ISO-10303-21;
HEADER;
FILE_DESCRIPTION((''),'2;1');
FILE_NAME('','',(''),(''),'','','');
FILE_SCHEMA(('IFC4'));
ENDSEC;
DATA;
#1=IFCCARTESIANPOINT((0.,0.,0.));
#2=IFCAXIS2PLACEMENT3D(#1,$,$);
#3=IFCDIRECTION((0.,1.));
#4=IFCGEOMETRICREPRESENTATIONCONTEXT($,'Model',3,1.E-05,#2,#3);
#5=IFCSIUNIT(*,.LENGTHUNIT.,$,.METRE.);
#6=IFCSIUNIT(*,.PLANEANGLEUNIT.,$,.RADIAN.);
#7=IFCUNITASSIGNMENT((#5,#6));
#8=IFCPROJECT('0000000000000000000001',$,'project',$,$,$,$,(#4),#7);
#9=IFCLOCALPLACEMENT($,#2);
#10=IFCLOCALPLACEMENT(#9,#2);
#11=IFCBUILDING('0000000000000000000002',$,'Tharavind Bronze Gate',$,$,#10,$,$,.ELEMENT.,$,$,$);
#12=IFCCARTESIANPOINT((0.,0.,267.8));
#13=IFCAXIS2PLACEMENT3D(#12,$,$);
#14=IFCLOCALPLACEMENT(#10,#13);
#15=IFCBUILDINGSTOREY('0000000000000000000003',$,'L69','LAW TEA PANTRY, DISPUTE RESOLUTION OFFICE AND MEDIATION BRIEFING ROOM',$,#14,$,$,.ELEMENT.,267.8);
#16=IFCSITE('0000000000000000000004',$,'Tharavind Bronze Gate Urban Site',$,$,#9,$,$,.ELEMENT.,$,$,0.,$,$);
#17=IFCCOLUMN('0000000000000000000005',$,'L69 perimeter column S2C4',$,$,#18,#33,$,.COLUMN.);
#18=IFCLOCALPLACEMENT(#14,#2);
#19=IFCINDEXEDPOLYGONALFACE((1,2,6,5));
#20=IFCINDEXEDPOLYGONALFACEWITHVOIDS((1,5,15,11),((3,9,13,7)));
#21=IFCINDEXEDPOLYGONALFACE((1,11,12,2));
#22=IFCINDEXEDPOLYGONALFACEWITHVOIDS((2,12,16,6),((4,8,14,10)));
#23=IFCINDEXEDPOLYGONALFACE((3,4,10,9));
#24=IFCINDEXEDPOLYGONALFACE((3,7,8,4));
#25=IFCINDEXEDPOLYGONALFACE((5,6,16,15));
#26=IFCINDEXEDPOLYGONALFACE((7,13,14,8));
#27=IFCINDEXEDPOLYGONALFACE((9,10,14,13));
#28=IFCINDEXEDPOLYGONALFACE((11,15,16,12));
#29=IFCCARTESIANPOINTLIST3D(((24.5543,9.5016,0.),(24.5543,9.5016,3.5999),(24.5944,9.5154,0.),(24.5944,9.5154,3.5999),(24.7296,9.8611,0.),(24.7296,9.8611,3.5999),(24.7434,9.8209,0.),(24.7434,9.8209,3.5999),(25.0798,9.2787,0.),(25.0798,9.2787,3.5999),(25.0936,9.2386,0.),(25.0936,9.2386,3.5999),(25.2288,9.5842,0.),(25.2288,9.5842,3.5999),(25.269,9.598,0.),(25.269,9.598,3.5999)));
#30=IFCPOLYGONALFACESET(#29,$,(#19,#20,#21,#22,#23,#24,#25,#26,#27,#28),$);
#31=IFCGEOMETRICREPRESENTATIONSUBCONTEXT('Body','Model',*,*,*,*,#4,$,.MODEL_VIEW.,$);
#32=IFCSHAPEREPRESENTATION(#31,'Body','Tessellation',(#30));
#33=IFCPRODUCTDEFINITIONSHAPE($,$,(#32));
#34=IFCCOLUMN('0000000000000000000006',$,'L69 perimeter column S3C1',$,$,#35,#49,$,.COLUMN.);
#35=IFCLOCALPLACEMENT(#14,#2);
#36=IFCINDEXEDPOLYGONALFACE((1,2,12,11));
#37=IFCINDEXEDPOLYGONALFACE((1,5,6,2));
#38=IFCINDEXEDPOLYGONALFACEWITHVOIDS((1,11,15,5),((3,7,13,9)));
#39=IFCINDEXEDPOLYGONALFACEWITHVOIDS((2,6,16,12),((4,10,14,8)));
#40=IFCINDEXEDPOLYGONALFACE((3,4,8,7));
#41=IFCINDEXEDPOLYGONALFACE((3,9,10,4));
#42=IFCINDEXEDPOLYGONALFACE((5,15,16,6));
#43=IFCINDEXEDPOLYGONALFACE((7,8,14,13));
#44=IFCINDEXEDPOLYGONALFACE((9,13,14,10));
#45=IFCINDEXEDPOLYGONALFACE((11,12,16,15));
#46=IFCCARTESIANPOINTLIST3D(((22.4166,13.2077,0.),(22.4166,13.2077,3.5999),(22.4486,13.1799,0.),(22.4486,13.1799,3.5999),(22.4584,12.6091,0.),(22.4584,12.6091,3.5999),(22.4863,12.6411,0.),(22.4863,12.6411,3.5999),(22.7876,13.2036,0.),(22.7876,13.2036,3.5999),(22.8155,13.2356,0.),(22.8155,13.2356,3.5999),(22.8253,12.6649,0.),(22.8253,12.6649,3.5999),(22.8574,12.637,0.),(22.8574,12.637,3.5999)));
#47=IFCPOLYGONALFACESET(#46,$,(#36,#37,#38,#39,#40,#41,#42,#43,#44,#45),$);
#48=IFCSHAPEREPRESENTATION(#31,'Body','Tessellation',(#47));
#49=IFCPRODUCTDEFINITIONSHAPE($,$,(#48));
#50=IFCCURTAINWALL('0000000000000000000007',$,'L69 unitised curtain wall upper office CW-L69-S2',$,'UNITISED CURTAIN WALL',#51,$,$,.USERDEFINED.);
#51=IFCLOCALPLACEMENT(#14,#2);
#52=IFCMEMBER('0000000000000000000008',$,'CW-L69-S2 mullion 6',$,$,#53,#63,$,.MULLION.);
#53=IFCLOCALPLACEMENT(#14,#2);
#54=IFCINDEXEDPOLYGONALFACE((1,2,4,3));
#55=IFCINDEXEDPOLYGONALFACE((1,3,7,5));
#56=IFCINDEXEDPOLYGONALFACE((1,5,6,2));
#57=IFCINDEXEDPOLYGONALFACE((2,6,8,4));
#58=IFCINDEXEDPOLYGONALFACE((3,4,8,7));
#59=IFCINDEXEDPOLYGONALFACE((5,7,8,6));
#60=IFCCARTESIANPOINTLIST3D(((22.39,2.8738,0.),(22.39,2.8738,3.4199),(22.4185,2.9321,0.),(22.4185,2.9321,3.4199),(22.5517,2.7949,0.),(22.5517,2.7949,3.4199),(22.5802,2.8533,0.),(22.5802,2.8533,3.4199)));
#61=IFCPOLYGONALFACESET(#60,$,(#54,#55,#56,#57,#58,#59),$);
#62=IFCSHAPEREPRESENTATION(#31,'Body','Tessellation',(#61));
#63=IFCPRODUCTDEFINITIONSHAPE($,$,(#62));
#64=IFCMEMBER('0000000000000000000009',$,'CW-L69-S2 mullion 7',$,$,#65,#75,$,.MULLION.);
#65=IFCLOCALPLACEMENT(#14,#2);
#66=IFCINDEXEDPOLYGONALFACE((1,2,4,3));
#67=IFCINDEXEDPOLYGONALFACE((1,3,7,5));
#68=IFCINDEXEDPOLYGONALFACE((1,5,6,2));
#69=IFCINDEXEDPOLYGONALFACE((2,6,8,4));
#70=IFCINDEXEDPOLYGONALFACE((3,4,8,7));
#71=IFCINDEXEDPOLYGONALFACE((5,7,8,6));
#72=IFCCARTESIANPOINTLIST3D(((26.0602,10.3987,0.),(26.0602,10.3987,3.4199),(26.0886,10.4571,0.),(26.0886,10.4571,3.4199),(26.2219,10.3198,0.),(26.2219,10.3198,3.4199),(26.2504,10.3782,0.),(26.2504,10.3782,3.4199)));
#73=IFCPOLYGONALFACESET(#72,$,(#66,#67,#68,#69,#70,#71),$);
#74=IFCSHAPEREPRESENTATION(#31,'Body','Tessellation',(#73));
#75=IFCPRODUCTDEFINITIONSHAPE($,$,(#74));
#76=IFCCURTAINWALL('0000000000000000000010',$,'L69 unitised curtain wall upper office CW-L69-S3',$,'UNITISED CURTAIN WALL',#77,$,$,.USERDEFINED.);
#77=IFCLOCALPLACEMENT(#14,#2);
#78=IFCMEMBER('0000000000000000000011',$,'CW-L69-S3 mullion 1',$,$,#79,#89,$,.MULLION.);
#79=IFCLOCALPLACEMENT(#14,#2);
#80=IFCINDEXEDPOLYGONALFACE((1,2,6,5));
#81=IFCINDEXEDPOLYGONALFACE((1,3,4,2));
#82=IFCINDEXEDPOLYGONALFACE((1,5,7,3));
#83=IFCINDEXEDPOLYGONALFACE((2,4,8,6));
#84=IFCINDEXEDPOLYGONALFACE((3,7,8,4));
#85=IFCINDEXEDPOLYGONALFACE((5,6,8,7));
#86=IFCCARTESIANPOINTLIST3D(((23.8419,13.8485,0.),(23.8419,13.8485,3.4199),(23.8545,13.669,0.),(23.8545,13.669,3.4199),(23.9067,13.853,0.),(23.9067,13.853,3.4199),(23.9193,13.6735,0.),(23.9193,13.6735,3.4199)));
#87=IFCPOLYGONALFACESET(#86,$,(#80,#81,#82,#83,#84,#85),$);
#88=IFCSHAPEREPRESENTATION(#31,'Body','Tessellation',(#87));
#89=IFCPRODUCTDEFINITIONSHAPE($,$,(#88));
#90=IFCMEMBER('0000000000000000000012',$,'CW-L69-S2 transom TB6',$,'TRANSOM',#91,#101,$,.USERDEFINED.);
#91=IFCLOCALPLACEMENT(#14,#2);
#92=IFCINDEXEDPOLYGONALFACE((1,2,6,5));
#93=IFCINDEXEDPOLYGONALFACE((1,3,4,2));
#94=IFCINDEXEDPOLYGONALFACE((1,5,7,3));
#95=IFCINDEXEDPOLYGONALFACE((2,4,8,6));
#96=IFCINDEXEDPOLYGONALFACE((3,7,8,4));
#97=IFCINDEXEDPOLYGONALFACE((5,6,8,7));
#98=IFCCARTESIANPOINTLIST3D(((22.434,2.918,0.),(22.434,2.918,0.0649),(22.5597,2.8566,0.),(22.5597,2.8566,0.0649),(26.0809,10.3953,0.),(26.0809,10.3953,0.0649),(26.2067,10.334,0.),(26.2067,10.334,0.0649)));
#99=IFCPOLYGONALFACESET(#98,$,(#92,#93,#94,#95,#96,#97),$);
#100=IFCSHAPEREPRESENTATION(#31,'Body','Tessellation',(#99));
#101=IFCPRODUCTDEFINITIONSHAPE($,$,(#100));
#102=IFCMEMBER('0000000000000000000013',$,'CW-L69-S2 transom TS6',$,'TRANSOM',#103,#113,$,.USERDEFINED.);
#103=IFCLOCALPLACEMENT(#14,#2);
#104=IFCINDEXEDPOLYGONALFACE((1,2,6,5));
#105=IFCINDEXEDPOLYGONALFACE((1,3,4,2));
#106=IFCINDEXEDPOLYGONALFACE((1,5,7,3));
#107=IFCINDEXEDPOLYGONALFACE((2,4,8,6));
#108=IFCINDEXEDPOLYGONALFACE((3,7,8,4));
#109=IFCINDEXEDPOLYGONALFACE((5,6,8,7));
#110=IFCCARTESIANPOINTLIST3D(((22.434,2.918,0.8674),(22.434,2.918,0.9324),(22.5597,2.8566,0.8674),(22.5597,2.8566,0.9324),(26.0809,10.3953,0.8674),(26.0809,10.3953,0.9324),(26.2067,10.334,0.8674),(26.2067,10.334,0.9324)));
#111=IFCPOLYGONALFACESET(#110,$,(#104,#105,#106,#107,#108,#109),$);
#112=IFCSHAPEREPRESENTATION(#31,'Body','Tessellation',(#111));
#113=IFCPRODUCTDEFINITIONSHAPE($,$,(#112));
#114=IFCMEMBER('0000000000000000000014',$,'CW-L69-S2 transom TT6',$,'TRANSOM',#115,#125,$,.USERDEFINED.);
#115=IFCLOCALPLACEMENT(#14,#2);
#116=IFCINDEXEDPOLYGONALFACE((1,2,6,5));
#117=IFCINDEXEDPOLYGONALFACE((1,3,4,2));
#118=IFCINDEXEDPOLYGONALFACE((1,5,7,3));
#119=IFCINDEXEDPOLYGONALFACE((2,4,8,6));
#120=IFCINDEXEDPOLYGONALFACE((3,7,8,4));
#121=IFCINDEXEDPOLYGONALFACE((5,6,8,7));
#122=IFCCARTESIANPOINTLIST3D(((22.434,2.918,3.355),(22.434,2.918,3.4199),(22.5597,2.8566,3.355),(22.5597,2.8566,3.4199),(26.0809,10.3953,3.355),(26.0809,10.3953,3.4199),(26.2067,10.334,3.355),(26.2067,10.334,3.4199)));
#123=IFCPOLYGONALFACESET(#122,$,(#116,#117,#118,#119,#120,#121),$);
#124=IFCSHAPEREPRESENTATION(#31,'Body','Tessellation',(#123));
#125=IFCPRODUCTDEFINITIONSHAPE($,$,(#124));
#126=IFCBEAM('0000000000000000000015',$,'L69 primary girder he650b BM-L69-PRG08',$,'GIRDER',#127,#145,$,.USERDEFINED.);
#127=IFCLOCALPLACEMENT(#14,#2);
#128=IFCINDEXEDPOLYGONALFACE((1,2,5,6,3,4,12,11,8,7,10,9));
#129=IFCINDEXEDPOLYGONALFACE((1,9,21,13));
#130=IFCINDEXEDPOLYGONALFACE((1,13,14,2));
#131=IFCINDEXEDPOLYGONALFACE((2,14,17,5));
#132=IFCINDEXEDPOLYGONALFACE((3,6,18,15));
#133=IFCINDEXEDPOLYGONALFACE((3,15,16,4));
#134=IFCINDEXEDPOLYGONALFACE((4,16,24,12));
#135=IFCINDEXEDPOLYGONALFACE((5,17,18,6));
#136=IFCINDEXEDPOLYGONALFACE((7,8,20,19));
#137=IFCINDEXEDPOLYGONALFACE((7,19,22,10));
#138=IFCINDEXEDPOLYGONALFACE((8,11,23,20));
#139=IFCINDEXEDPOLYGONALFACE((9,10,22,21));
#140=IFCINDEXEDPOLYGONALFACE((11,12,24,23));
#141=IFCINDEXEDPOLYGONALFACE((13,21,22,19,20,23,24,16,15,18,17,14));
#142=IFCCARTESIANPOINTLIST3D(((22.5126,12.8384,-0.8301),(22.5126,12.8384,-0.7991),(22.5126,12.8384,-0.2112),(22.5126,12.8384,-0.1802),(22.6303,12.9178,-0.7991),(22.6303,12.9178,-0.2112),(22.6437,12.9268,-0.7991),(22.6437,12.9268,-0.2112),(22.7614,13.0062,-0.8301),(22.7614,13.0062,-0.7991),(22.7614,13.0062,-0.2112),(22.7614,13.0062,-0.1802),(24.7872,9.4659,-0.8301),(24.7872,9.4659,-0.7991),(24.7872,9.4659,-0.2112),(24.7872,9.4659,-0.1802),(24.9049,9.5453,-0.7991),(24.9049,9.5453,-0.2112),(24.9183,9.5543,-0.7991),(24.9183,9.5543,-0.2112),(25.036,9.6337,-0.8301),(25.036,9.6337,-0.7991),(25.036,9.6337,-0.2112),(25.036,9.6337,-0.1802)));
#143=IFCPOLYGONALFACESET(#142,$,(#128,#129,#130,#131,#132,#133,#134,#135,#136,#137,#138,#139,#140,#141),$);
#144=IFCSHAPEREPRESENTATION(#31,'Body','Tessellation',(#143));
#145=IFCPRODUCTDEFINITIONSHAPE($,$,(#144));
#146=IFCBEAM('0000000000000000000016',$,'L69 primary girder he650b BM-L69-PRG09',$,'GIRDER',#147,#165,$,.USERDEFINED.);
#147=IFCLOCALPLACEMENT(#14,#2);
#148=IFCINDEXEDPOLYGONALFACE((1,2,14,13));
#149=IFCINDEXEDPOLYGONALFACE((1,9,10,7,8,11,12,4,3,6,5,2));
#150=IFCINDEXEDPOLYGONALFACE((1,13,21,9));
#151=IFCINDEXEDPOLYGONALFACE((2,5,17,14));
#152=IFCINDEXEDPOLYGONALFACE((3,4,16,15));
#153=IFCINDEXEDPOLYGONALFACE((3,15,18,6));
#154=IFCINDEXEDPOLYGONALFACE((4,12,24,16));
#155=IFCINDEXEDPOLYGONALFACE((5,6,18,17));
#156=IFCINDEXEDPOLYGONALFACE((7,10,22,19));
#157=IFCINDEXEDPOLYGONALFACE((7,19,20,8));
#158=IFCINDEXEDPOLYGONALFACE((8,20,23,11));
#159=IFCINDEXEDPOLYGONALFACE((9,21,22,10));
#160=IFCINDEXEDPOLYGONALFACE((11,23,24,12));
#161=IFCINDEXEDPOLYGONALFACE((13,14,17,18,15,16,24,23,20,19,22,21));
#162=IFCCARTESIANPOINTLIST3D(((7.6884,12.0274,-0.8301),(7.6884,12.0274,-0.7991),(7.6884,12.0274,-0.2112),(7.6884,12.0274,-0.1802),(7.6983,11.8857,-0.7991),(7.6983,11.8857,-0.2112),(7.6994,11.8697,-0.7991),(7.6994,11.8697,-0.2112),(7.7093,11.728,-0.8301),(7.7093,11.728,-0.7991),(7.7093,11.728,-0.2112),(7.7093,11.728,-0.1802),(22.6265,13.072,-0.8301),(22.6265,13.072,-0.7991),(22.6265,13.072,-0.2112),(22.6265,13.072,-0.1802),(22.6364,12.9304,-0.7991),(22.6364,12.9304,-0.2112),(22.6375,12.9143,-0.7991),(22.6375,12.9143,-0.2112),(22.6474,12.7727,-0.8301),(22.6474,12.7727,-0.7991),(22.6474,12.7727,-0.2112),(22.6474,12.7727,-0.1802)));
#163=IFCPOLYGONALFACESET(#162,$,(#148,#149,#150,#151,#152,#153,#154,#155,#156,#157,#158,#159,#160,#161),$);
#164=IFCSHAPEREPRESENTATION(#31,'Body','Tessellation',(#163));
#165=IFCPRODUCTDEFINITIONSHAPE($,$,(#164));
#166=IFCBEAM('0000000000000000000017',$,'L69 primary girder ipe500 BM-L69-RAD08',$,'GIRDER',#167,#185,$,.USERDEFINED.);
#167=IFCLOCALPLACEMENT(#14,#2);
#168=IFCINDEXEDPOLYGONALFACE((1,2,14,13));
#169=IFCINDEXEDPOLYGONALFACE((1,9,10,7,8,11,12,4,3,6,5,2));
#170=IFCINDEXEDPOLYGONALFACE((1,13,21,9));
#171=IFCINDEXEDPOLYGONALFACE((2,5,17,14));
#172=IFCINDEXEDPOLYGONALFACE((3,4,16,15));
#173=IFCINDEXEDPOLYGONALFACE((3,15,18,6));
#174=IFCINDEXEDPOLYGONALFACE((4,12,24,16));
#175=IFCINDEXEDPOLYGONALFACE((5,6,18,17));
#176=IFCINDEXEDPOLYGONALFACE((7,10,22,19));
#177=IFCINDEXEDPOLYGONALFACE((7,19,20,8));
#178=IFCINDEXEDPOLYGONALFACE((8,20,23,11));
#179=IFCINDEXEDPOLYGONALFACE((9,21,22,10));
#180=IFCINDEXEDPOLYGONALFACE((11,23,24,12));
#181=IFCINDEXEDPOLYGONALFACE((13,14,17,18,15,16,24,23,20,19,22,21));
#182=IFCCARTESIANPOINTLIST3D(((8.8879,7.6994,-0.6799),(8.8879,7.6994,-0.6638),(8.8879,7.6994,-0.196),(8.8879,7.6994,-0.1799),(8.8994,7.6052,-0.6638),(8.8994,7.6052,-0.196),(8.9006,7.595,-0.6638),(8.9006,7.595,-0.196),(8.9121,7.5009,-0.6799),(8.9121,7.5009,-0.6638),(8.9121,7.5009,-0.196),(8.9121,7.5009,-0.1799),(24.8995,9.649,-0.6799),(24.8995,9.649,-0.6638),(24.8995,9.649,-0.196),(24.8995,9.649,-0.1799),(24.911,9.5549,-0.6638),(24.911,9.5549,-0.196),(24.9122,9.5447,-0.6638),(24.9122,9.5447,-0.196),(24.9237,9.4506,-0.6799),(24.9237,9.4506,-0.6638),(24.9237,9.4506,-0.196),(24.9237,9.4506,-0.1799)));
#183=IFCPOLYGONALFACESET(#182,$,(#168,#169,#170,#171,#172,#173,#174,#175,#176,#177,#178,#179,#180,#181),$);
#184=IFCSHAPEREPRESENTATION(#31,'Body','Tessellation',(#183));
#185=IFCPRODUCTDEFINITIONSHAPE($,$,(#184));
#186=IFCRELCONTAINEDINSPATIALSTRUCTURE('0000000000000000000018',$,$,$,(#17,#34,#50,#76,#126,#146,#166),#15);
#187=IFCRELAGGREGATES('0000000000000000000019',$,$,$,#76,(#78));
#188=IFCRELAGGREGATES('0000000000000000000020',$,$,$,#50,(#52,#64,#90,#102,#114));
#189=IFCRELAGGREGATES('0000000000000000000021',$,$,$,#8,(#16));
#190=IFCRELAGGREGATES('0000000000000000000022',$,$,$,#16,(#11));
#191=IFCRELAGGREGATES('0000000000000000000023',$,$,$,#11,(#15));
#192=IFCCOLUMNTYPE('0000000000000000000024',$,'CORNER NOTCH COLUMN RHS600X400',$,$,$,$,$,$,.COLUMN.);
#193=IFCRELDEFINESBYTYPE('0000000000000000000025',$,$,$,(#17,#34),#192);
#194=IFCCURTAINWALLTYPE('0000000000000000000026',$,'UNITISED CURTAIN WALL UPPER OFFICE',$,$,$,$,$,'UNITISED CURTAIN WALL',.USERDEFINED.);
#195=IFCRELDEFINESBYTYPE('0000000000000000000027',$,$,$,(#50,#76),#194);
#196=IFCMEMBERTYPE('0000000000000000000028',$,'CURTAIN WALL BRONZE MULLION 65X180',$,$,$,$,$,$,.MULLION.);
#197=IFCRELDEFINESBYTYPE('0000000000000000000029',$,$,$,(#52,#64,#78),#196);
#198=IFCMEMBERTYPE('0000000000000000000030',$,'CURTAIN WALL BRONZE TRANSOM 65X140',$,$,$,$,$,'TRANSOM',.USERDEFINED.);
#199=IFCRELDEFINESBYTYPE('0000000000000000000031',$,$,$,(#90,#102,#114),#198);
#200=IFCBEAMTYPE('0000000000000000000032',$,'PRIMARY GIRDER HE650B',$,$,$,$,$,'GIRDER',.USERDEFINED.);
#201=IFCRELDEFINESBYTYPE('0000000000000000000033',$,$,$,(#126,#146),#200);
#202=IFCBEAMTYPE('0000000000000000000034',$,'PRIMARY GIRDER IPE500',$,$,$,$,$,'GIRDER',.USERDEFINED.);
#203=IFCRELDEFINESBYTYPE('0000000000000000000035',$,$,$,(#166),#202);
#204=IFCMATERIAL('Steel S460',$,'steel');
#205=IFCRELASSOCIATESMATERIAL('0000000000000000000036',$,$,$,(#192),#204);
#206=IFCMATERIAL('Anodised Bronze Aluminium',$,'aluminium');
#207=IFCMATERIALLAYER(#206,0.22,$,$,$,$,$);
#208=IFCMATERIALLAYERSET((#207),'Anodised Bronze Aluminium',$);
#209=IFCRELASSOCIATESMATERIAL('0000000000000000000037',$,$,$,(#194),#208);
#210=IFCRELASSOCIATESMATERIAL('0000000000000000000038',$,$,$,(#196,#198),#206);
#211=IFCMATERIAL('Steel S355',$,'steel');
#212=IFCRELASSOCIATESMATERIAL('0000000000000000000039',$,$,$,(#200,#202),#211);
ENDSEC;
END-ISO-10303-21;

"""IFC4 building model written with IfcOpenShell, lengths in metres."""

from ifc_helpers import new_model, si_unit, direction, frame, origin, origin_2d, place, context, subcontext, project, spatial, rectangle, hollow_rectangle, i_section, extrude, material, layer, layer_set, material_profile, profile_set, type_object, element, aggregate, save


model = new_model("IFC4")

# Units and contexts
model_context = context("Model", 3, precision=1e-05, world=origin(), true_north=direction((0.0, 1.0)))
body_context = subcontext(model_context, "Body", "Model", "MODEL_VIEW")
ifc_project = project(units=[si_unit("LENGTHUNIT", "METRE"), si_unit("PLANEANGLEUNIT", "RADIAN")], contexts=[model_context])

# Site, building, storey
site_placement = place(None, origin())
site = spatial("IfcSite", under=ifc_project, at=site_placement, Name="Tharavind Bronze Gate Urban Site", CompositionType="ELEMENT", RefElevation=0.0)
building_placement = place(site_placement, origin())
building = spatial("IfcBuilding", under=site, at=building_placement, Name="Tharavind Bronze Gate", CompositionType="ELEMENT")
storey_placement = place(building_placement, frame((0.0, 0.0, 267.8)))
storey = spatial("IfcBuildingStorey", under=building, at=storey_placement, Name="L69", Description="LAW TEA PANTRY, DISPUTE RESOLUTION OFFICE AND MEDIATION BRIEFING ROOM", CompositionType="ELEMENT", Elevation=267.8)

# Columns
ifc_material_1 = material(Name="Steel S460", Category="steel")
ifc_material_profile_1 = material_profile(ifc_material_1, hollow_rectangle(XDim=0.3999, YDim=0.6001, WallThickness=0.03, at=origin_2d()), Name="RHS600X400X30")
ifc_profile_set_1 = profile_set([ifc_material_profile_1], Name="Steel S460")
column_type = type_object("IfcColumnType", Name="CORNER NOTCH COLUMN RHS600X400", PredefinedType="COLUMN", material=ifc_profile_set_1)
for number, where, z_axis, x_axis, name in (
    (1, (24.9116, 9.5498, 0.0), (0.0, 0.0, 1.0), (0.438373, 0.898793, 0.0), "L69 perimeter column S2C4"),
    (2, (22.637, 12.9224, 0.0), (0.0, 0.0, 1.0), (0.997564, 0.069758, 0.0), "L69 perimeter column S3C1"),
):
    element("IfcColumn", number, at=place(storey_placement, frame(where, z_axis=z_axis, x_axis=x_axis)), inside=storey, type_object=column_type, Name=name, PredefinedType="COLUMN", context=body_context, shape_type="SweptSolid", body=[
        extrude(hollow_rectangle(XDim=0.3999, YDim=0.6001, WallThickness=0.03, at=origin_2d()), origin(), (0.0, 0.0, 1.0), 3.5999),
    ])

# Curtain wall, members
ifc_material_2 = material(Name="Anodised Bronze Aluminium", Category="aluminium")
ifc_layer_1 = layer(ifc_material_2, 0.22)
ifc_layer_set_1 = layer_set([ifc_layer_1], Name="Anodised Bronze Aluminium")
curtain_wall_type = type_object("IfcCurtainWallType", Name="UNITISED CURTAIN WALL UPPER OFFICE", ElementType="UNITISED CURTAIN WALL", PredefinedType="USERDEFINED", material=ifc_layer_set_1)
curtain_wall_1_placement = place(storey_placement, origin())
curtain_wall_1 = element("IfcCurtainWall", 3, at=curtain_wall_1_placement, inside=storey, type_object=curtain_wall_type, Name="L69 unitised curtain wall upper office CW-L69-S2", ObjectType="UNITISED CURTAIN WALL", PredefinedType="USERDEFINED")
member_type_1 = type_object("IfcMemberType", Name="CURTAIN WALL BRONZE MULLION 65X180", PredefinedType="MULLION", material=ifc_material_2)
member_1_placement = place(storey_placement, frame((22.4851, 2.8635, 0.0), z_axis=(0.0, 0.0, 1.0), x_axis=(0.438373, 0.898793, 0.0)))
member_1 = element("IfcMember", 4, at=member_1_placement, type_object=member_type_1, Name="CW-L69-S2 mullion 6", PredefinedType="MULLION", context=body_context, shape_type="SweptSolid", body=[
    extrude(rectangle(XDim=0.0649, YDim=0.1799, at=origin_2d()), origin(), (0.0, 0.0, 1.0), 3.4199),
])
member_2_placement = place(storey_placement, frame((26.1553, 10.3884, 0.0), z_axis=(0.0, 0.0, 1.0), x_axis=(0.438373, 0.898793, 0.0)))
member_2 = element("IfcMember", 5, at=member_2_placement, type_object=member_type_1, Name="CW-L69-S2 mullion 7", PredefinedType="MULLION", context=body_context, shape_type="SweptSolid", body=[
    extrude(rectangle(XDim=0.0649, YDim=0.1799, at=origin_2d()), origin(), (0.0, 0.0, 1.0), 3.4199),
])

# Curtain wall, member
curtain_wall_2_placement = place(storey_placement, origin())
curtain_wall_2 = element("IfcCurtainWall", 6, at=curtain_wall_2_placement, inside=storey, type_object=curtain_wall_type, Name="L69 unitised curtain wall upper office CW-L69-S3", ObjectType="UNITISED CURTAIN WALL", PredefinedType="USERDEFINED")
member_3_placement = place(storey_placement, frame((23.8806, 13.761, 0.0), z_axis=(0.0, 0.0, 1.0), x_axis=(-0.997564, -0.06976, 0.0)))
member_3 = element("IfcMember", 7, at=member_3_placement, type_object=member_type_1, Name="CW-L69-S3 mullion 1", PredefinedType="MULLION", context=body_context, shape_type="SweptSolid", body=[
    extrude(rectangle(XDim=0.0649, YDim=0.1799, at=origin_2d()), origin(), (0.0, 0.0, 1.0), 3.4199),
])
aggregate(curtain_wall_2, [member_3])

# Members
member_type_2 = type_object("IfcMemberType", Name="CURTAIN WALL BRONZE TRANSOM 65X140", ElementType="TRANSOM", PredefinedType="USERDEFINED", material=ifc_material_2)
member_4_placement = place(storey_placement, frame((24.3203, 6.626, 0.0), z_axis=(0.0, 0.0, 1.0), x_axis=(0.438373, 0.898793, 0.0)))
member_4 = element("IfcMember", 8, at=member_4_placement, type_object=member_type_2, Name="CW-L69-S2 transom TB6", ObjectType="TRANSOM", PredefinedType="USERDEFINED", context=body_context, shape_type="SweptSolid", body=[
    extrude(rectangle(XDim=8.3193, YDim=0.1399, at=origin_2d()), origin(), (0.0, 0.0, 1.0), 0.0649),
])
member_5_placement = place(storey_placement, frame((24.3203, 6.626, 0.8674), z_axis=(0.0, 0.0, 1.0), x_axis=(0.438373, 0.898793, 0.0)))
member_5 = element("IfcMember", 9, at=member_5_placement, type_object=member_type_2, Name="CW-L69-S2 transom TS6", ObjectType="TRANSOM", PredefinedType="USERDEFINED", context=body_context, shape_type="SweptSolid", body=[
    extrude(rectangle(XDim=8.3193, YDim=0.1399, at=origin_2d()), origin(), (0.0, 0.0, 1.0), 0.0649),
])
member_6_placement = place(storey_placement, frame((24.3203, 6.626, 3.355), z_axis=(0.0, 0.0, 1.0), x_axis=(0.438373, 0.898793, 0.0)))
member_6 = element("IfcMember", 10, at=member_6_placement, type_object=member_type_2, Name="CW-L69-S2 transom TT6", ObjectType="TRANSOM", PredefinedType="USERDEFINED", context=body_context, shape_type="SweptSolid", body=[
    extrude(rectangle(XDim=8.3193, YDim=0.1399, at=origin_2d()), origin(), (0.0, 0.0, 1.0), 0.0649),
])

# Beams
ifc_material_3 = material(Name="Steel S355", Category="steel")
ifc_material_profile_2 = material_profile(ifc_material_3, i_section(OverallWidth=0.3, OverallDepth=0.6499, WebThickness=0.0161, FlangeThickness=0.031, at=origin_2d()), Name="HE650B")
ifc_profile_set_2 = profile_set([ifc_material_profile_2], Name="Steel S355")
beam_type_1 = type_object("IfcBeamType", Name="PRIMARY GIRDER HE650B", ElementType="GIRDER", PredefinedType="USERDEFINED", material=ifc_profile_set_2)
beam_1_placement = place(storey_placement, frame((24.9116, 9.5498, -0.5051), z_axis=(-0.559166, 0.829056, 0.0), x_axis=(-0.829056, -0.559166, 0.0)))
element("IfcBeam", 11, at=beam_1_placement, inside=storey, type_object=beam_type_1, Name="L69 primary girder he650b BM-L69-PRG08", ObjectType="GIRDER", PredefinedType="USERDEFINED", context=body_context, shape_type="SweptSolid", body=[
    extrude(i_section(OverallWidth=0.3, OverallDepth=0.6499, WebThickness=0.0161, FlangeThickness=0.031, at=origin_2d()), origin(), (0.0, 0.0, 1.0), 4.0679),
])
beam_2_placement = place(storey_placement, frame((22.637, 12.9224, -0.5051), z_axis=(-0.997564, -0.069763, 0.0), x_axis=(0.069763, -0.997564, 0.0)))
element("IfcBeam", 12, at=beam_2_placement, inside=storey, type_object=beam_type_1, Name="L69 primary girder he650b BM-L69-PRG09", ObjectType="GIRDER", PredefinedType="USERDEFINED", context=body_context, shape_type="SweptSolid", body=[
    extrude(i_section(OverallWidth=0.3, OverallDepth=0.6499, WebThickness=0.0161, FlangeThickness=0.031, at=origin_2d()), origin(), (0.0, 0.0, 1.0), 14.9746),
])
ifc_material_profile_3 = material_profile(ifc_material_3, i_section(OverallWidth=0.2, OverallDepth=0.5, WebThickness=0.0103, FlangeThickness=0.0161, at=origin_2d()), Name="IPE500")
ifc_profile_set_3 = profile_set([ifc_material_profile_3], Name="Steel S355")
beam_type_2 = type_object("IfcBeamType", Name="PRIMARY GIRDER IPE500", ElementType="GIRDER", PredefinedType="USERDEFINED", material=ifc_profile_set_3)
beam_3_placement = place(storey_placement, frame((24.9116, 9.5498, -0.4299), z_axis=(-0.992668, -0.120875, 0.0), x_axis=(0.120875, -0.992668, 0.0)))
element("IfcBeam", 13, at=beam_3_placement, inside=storey, type_object=beam_type_2, Name="L69 primary girder ipe500 BM-L69-RAD08", ObjectType="GIRDER", PredefinedType="USERDEFINED", context=body_context, shape_type="SweptSolid", body=[
    extrude(i_section(OverallWidth=0.2, OverallDepth=0.5, WebThickness=0.0103, FlangeThickness=0.0161, at=origin_2d()), origin(), (0.0, 0.0, 1.0), 16.1299),
])

aggregate(curtain_wall_1, [member_1, member_2, member_4, member_5, member_6])

save(model, "model.ifc")
